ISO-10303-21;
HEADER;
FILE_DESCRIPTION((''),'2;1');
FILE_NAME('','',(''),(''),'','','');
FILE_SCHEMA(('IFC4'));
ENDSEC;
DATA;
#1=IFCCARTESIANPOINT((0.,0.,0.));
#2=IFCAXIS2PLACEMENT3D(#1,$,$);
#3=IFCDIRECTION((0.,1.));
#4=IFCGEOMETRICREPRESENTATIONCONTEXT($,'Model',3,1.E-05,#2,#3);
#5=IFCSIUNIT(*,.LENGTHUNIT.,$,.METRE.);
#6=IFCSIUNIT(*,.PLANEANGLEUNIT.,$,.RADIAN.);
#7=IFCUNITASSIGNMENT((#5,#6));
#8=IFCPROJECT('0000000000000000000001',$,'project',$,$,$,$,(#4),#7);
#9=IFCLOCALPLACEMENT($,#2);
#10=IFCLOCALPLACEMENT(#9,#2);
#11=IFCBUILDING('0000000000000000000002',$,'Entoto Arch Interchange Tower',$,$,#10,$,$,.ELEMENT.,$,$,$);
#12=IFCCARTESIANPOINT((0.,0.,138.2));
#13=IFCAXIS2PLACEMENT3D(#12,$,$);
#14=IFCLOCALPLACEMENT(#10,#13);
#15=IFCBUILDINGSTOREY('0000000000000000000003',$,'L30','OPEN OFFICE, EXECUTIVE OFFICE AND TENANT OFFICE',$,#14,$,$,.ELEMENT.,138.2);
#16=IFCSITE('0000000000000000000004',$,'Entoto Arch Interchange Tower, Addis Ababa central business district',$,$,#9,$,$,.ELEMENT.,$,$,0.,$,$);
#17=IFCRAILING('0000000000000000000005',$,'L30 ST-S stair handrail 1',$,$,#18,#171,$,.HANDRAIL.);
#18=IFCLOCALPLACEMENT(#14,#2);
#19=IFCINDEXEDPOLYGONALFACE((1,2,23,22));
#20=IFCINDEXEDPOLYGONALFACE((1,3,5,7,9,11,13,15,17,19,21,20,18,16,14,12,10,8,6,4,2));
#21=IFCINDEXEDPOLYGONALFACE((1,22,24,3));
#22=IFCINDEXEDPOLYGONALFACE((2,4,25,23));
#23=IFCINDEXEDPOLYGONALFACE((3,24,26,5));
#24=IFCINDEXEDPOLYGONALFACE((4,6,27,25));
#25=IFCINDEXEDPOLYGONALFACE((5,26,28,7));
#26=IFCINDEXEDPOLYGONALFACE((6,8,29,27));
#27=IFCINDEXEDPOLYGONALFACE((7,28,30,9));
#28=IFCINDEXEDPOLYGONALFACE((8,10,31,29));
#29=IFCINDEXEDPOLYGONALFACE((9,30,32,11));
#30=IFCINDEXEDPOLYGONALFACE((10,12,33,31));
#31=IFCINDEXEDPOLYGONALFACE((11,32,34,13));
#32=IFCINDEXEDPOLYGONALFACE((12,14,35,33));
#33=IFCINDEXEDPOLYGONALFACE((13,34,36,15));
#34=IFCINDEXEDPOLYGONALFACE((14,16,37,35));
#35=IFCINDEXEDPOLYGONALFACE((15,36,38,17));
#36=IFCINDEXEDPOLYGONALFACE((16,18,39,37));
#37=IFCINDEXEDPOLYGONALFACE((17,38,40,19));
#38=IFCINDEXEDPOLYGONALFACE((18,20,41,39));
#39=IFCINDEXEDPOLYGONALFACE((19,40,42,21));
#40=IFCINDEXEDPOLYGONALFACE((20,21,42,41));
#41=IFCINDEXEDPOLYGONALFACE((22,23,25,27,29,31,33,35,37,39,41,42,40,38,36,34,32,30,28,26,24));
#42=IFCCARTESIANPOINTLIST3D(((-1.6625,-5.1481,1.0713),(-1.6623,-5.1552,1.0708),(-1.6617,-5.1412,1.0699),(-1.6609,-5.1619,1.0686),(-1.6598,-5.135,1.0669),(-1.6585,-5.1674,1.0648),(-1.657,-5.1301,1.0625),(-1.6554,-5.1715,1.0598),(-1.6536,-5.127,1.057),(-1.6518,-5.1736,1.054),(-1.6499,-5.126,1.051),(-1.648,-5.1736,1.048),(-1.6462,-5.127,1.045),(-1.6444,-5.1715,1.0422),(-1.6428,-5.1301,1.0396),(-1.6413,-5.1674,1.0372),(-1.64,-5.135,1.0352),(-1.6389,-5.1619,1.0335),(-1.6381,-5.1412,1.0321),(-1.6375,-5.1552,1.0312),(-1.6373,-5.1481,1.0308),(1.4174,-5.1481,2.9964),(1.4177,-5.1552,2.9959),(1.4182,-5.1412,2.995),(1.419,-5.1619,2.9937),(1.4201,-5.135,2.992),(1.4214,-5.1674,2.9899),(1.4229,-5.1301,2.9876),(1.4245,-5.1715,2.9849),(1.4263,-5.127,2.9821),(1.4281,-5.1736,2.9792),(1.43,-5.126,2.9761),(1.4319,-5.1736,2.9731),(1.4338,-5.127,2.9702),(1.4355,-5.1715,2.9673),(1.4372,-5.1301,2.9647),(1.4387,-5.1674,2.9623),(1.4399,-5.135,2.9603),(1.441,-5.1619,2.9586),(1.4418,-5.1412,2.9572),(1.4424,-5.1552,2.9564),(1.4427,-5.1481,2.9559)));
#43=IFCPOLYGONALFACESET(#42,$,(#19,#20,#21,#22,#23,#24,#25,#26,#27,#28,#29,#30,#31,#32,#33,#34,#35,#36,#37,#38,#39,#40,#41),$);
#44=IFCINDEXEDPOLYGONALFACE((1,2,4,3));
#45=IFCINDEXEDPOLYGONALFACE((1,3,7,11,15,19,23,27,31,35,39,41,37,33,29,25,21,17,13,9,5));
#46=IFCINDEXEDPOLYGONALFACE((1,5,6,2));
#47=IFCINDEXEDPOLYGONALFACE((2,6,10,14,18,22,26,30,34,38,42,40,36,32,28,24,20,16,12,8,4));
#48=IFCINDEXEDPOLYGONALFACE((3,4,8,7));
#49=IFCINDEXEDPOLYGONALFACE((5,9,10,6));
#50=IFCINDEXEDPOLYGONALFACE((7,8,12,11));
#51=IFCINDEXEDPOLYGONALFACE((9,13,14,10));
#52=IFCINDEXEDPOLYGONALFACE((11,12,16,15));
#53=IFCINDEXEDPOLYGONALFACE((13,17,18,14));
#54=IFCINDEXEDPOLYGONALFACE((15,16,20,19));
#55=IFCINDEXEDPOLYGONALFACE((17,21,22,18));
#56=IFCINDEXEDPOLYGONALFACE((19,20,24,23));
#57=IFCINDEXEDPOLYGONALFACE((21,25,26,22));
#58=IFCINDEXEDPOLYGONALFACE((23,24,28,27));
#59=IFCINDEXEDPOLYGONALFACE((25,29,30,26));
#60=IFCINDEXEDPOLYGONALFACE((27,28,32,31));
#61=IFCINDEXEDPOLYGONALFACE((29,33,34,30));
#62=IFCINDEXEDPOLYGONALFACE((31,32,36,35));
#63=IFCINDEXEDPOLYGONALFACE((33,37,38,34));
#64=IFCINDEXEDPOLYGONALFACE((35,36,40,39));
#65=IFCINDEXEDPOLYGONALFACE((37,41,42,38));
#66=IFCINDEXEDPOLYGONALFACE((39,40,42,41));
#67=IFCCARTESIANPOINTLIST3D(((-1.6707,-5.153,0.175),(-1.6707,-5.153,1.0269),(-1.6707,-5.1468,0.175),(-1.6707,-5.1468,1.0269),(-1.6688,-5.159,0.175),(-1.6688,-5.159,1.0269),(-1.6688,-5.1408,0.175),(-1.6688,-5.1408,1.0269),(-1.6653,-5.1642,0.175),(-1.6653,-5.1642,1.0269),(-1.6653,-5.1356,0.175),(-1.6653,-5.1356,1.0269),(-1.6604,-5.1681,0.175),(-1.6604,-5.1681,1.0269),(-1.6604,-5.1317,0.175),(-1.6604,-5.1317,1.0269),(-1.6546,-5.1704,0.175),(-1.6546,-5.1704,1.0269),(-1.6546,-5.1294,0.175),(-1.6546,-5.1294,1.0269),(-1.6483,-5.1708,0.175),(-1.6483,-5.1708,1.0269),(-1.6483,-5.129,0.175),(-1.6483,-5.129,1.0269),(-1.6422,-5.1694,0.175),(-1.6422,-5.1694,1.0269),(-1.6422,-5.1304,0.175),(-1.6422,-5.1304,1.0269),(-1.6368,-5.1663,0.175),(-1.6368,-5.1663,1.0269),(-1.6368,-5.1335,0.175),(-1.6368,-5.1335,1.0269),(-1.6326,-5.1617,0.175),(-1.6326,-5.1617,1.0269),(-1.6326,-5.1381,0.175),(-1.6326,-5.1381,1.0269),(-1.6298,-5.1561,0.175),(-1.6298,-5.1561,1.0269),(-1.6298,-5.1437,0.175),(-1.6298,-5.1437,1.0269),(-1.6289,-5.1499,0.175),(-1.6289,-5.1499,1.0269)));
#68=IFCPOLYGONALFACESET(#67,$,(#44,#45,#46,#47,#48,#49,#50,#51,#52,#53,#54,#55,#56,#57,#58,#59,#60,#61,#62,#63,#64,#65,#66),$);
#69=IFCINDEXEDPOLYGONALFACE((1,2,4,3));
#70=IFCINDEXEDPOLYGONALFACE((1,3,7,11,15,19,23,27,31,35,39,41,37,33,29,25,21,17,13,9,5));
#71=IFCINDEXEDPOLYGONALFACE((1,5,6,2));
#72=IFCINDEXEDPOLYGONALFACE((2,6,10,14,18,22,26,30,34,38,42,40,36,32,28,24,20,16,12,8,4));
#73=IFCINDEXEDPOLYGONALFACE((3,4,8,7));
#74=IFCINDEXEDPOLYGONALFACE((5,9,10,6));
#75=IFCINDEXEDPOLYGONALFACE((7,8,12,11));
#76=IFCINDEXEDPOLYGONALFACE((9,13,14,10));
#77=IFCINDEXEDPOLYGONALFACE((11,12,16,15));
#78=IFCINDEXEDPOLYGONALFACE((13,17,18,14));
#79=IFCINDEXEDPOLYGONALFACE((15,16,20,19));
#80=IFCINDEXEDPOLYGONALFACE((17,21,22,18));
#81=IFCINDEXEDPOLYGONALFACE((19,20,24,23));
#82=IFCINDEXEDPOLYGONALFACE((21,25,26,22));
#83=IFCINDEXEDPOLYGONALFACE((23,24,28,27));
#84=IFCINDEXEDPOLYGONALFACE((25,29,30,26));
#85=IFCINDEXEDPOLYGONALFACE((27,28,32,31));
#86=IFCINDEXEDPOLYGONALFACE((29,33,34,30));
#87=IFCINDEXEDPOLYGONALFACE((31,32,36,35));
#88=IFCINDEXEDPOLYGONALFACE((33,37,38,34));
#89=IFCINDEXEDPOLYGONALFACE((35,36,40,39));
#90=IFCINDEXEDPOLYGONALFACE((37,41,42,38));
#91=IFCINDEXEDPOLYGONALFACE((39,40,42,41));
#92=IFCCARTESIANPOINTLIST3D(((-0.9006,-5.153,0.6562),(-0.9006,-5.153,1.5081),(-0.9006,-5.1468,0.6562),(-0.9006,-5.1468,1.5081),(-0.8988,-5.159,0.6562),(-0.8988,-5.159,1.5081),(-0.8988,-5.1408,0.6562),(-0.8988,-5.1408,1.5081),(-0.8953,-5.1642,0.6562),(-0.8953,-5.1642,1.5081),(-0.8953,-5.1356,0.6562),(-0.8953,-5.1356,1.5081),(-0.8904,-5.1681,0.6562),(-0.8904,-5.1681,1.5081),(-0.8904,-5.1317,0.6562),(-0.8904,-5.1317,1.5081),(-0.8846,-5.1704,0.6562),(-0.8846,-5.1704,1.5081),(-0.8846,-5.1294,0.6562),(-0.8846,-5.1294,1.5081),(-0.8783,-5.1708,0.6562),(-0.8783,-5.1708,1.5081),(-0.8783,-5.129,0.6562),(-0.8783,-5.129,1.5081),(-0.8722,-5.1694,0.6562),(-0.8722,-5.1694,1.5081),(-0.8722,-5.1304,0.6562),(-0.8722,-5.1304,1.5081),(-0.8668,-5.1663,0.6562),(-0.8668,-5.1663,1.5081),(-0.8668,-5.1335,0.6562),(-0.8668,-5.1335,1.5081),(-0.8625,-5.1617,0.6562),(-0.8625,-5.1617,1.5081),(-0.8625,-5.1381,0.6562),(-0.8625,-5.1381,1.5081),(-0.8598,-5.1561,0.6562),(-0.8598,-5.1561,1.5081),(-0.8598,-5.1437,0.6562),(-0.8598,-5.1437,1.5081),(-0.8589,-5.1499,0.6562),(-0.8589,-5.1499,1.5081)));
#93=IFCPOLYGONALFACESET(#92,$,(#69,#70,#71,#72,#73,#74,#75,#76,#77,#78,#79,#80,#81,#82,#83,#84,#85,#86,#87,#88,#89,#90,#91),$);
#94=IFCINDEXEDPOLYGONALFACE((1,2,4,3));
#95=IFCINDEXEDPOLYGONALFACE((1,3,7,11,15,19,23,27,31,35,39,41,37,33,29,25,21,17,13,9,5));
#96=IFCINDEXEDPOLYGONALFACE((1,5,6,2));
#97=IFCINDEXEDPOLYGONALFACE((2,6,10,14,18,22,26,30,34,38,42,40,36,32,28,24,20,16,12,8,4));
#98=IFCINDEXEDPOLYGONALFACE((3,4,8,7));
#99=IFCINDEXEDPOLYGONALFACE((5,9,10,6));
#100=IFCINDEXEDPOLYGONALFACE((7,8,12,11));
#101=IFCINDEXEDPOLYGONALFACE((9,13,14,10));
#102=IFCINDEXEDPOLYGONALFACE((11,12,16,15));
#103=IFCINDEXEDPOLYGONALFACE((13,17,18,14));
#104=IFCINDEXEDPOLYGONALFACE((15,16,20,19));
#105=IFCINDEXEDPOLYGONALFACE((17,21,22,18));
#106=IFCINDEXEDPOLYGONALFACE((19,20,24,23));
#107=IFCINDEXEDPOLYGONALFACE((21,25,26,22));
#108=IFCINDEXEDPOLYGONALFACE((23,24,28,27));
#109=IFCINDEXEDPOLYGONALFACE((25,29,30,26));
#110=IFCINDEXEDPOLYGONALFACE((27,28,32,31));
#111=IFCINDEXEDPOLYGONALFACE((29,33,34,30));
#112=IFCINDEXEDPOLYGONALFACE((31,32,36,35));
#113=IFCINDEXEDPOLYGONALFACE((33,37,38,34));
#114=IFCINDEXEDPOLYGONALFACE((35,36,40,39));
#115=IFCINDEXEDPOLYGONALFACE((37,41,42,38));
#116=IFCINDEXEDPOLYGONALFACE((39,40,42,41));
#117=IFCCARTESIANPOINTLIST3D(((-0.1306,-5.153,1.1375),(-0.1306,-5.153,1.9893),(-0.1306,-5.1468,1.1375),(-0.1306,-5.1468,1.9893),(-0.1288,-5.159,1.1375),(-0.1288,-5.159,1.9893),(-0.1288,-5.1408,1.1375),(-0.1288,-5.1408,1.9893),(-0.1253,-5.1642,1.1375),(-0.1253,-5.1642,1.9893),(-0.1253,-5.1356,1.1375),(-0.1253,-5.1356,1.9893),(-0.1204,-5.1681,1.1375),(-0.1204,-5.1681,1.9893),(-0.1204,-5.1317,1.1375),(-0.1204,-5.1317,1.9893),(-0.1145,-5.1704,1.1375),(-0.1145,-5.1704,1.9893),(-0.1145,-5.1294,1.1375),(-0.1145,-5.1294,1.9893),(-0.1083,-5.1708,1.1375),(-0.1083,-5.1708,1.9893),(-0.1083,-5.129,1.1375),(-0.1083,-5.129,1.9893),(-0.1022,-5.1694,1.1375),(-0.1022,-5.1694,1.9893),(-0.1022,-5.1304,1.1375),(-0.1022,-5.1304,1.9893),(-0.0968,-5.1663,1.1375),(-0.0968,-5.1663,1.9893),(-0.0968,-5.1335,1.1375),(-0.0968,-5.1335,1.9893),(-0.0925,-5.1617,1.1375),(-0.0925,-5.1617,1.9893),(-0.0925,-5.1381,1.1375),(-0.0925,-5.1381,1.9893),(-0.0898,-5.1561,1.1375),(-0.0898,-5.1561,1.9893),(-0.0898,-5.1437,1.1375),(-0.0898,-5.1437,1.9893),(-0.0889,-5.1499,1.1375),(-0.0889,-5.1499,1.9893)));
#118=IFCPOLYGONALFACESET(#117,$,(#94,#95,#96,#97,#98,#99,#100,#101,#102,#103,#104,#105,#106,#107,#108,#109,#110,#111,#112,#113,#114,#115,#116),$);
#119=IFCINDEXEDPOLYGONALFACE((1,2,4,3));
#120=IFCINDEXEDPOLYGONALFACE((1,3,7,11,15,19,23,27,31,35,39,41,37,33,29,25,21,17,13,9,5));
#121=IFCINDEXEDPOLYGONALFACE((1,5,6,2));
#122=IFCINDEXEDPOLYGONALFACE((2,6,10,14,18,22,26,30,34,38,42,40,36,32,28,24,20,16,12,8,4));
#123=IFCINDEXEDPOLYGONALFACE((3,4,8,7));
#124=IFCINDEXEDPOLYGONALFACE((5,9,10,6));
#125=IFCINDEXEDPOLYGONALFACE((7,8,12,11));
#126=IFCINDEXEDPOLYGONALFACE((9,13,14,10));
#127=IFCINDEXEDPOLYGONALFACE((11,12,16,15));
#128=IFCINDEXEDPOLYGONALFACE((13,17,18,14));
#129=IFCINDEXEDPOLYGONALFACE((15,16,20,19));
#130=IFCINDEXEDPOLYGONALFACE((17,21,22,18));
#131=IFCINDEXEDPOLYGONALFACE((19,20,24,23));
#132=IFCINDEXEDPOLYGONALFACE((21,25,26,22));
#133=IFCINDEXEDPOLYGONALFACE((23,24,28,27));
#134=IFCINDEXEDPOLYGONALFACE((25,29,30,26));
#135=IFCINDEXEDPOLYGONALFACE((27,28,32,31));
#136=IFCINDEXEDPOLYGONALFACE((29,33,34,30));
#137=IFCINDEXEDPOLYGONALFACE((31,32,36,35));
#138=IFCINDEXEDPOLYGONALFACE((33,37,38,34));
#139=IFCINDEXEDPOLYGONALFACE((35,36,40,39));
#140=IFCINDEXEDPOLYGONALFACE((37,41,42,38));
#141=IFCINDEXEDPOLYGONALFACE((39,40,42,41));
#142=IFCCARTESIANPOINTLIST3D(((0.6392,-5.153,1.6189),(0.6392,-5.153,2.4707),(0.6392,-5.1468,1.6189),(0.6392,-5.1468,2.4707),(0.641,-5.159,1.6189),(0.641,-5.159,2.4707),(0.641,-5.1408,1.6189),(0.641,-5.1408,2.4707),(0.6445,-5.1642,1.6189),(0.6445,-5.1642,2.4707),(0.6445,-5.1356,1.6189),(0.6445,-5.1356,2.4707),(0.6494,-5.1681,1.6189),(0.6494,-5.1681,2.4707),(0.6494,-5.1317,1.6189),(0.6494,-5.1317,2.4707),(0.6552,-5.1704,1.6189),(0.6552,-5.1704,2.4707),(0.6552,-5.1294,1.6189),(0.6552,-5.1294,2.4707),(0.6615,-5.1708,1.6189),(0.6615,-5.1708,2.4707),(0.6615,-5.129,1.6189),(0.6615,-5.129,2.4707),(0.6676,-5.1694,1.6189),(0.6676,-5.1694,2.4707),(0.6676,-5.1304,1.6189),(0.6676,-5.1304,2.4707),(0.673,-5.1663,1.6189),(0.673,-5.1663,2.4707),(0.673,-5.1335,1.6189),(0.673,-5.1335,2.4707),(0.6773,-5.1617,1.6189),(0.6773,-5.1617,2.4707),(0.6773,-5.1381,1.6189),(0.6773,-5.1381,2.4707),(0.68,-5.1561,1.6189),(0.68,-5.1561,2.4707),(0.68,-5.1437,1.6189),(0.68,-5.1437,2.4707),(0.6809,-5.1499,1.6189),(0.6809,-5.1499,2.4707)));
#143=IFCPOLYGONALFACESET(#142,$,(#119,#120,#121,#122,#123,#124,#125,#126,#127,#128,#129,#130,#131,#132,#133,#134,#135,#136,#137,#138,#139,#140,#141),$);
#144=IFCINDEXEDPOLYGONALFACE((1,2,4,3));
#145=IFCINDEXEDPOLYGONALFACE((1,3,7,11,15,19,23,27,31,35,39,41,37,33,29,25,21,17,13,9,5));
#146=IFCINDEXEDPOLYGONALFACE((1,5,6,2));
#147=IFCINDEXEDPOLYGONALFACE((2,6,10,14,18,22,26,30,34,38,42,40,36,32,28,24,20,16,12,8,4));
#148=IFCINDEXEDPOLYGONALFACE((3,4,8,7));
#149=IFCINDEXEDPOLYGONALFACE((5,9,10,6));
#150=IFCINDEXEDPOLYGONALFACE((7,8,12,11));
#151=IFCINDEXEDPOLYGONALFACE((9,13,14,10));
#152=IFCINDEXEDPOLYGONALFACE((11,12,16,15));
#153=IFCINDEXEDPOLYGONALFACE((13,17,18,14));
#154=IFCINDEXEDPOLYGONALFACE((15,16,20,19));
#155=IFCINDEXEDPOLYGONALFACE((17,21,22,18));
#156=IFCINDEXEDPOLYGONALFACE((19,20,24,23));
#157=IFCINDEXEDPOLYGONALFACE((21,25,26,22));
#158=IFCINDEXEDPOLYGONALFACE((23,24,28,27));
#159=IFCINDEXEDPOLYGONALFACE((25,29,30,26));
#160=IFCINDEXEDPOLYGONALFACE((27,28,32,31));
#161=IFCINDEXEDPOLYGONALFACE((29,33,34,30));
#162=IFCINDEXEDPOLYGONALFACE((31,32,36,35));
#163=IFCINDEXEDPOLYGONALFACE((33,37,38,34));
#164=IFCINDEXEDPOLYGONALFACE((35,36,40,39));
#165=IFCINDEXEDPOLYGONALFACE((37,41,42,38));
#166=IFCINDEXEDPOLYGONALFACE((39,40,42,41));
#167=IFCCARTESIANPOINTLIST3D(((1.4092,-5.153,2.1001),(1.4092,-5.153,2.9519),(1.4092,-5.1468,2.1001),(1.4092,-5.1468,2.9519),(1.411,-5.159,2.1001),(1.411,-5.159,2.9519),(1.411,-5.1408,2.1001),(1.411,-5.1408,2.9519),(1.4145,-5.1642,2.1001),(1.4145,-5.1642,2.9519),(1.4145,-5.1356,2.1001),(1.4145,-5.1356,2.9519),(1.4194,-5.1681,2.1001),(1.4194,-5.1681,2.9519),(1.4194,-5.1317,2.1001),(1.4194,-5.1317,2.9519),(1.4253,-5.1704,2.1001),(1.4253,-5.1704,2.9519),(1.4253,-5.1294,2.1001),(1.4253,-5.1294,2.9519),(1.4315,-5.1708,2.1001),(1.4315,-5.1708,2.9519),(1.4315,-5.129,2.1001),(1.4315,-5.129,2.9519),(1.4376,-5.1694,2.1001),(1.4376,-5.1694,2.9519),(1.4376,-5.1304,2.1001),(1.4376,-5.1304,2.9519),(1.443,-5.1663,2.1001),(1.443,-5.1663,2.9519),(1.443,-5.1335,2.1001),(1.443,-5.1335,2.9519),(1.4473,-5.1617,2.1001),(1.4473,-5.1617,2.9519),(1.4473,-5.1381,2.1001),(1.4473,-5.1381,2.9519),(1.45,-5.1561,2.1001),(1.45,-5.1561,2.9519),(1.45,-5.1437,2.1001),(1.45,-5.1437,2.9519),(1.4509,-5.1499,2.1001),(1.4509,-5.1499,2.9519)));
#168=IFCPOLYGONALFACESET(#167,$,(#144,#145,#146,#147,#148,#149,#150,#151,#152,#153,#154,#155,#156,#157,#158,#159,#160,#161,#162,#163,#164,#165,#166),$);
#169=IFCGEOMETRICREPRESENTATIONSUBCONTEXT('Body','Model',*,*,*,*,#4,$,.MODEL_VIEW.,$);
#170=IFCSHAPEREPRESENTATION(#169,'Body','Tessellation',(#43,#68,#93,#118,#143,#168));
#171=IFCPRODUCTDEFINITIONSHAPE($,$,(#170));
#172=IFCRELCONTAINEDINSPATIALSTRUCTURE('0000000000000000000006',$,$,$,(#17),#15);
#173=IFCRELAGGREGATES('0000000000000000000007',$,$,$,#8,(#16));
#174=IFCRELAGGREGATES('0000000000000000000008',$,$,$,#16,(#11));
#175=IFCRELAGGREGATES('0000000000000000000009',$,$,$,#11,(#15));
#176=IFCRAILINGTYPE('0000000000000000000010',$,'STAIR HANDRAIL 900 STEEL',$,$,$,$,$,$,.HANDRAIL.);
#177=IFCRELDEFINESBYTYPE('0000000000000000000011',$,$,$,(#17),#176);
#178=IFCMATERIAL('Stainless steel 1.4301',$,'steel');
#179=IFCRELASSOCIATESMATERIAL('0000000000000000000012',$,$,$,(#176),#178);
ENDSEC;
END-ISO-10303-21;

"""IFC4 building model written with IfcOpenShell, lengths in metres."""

from ifc_helpers import new_model, si_unit, direction, frame, origin, origin_2d, place, context, subcontext, project, spatial, circle, extrude, material, type_object, element, save


model = new_model("IFC4")

# Units and contexts
model_context = context("Model", 3, precision=1e-05, world=origin(), true_north=direction((0.0, 1.0)))
body_context = subcontext(model_context, "Body", "Model", "MODEL_VIEW")
ifc_project = project(units=[si_unit("LENGTHUNIT", "METRE"), si_unit("PLANEANGLEUNIT", "RADIAN")], contexts=[model_context])

# Site, building, storey
site_placement = place(None, origin())
site = spatial("IfcSite", under=ifc_project, at=site_placement, Name="Entoto Arch Interchange Tower, Addis Ababa central business district", CompositionType="ELEMENT", RefElevation=0.0)
building_placement = place(site_placement, origin())
building = spatial("IfcBuilding", under=site, at=building_placement, Name="Entoto Arch Interchange Tower", CompositionType="ELEMENT")
storey_placement = place(building_placement, frame((0.0, 0.0, 138.2)))
storey = spatial("IfcBuildingStorey", under=building, at=storey_placement, Name="L30", Description="OPEN OFFICE, EXECUTIVE OFFICE AND TENANT OFFICE", CompositionType="ELEMENT", Elevation=138.2)

# Railing
ifc_material_1 = material(Name="Stainless steel 1.4301", Category="steel")
railing_type_1 = type_object("IfcRailingType", Name="STAIR HANDRAIL 900 STEEL", PredefinedType="HANDRAIL", material=ifc_material_1)
railing_1_placement = place(storey_placement, frame((-1.6499, -5.1499, 0.175)))
element("IfcRailing", 1, at=railing_1_placement, inside=storey, type_object=railing_type_1, Name="L30 ST-S stair handrail 1", PredefinedType="HANDRAIL", context=body_context, shape_type="SweptSolid", body=[
    extrude(circle(Radius=0.0239, at=origin_2d()), frame((0.0, 0.0, 0.876), z_axis=(0.847979, 0.0, 0.530029), x_axis=(0.0, 1.0, 0.0)), (0.0, 0.0, 1.0), 3.6321),
    extrude(circle(Radius=0.021, at=origin_2d()), origin(), (0.0, 0.0, 1.0), 0.8518),
    extrude(circle(Radius=0.021, at=origin_2d()), frame((0.77, 0.0, 0.4812)), (0.0, 0.0, 1.0), 0.8518),
    extrude(circle(Radius=0.021, at=origin_2d()), frame((1.54, 0.0, 0.9624)), (0.0, 0.0, 1.0), 0.8518),
    extrude(circle(Radius=0.021, at=origin_2d()), frame((2.3098, 0.0, 1.4438)), (0.0, 0.0, 1.0), 0.8518),
    extrude(circle(Radius=0.021, at=origin_2d()), frame((3.0798, 0.0, 1.925)), (0.0, 0.0, 1.0), 0.8518),
])

save(model, "model.ifc")
